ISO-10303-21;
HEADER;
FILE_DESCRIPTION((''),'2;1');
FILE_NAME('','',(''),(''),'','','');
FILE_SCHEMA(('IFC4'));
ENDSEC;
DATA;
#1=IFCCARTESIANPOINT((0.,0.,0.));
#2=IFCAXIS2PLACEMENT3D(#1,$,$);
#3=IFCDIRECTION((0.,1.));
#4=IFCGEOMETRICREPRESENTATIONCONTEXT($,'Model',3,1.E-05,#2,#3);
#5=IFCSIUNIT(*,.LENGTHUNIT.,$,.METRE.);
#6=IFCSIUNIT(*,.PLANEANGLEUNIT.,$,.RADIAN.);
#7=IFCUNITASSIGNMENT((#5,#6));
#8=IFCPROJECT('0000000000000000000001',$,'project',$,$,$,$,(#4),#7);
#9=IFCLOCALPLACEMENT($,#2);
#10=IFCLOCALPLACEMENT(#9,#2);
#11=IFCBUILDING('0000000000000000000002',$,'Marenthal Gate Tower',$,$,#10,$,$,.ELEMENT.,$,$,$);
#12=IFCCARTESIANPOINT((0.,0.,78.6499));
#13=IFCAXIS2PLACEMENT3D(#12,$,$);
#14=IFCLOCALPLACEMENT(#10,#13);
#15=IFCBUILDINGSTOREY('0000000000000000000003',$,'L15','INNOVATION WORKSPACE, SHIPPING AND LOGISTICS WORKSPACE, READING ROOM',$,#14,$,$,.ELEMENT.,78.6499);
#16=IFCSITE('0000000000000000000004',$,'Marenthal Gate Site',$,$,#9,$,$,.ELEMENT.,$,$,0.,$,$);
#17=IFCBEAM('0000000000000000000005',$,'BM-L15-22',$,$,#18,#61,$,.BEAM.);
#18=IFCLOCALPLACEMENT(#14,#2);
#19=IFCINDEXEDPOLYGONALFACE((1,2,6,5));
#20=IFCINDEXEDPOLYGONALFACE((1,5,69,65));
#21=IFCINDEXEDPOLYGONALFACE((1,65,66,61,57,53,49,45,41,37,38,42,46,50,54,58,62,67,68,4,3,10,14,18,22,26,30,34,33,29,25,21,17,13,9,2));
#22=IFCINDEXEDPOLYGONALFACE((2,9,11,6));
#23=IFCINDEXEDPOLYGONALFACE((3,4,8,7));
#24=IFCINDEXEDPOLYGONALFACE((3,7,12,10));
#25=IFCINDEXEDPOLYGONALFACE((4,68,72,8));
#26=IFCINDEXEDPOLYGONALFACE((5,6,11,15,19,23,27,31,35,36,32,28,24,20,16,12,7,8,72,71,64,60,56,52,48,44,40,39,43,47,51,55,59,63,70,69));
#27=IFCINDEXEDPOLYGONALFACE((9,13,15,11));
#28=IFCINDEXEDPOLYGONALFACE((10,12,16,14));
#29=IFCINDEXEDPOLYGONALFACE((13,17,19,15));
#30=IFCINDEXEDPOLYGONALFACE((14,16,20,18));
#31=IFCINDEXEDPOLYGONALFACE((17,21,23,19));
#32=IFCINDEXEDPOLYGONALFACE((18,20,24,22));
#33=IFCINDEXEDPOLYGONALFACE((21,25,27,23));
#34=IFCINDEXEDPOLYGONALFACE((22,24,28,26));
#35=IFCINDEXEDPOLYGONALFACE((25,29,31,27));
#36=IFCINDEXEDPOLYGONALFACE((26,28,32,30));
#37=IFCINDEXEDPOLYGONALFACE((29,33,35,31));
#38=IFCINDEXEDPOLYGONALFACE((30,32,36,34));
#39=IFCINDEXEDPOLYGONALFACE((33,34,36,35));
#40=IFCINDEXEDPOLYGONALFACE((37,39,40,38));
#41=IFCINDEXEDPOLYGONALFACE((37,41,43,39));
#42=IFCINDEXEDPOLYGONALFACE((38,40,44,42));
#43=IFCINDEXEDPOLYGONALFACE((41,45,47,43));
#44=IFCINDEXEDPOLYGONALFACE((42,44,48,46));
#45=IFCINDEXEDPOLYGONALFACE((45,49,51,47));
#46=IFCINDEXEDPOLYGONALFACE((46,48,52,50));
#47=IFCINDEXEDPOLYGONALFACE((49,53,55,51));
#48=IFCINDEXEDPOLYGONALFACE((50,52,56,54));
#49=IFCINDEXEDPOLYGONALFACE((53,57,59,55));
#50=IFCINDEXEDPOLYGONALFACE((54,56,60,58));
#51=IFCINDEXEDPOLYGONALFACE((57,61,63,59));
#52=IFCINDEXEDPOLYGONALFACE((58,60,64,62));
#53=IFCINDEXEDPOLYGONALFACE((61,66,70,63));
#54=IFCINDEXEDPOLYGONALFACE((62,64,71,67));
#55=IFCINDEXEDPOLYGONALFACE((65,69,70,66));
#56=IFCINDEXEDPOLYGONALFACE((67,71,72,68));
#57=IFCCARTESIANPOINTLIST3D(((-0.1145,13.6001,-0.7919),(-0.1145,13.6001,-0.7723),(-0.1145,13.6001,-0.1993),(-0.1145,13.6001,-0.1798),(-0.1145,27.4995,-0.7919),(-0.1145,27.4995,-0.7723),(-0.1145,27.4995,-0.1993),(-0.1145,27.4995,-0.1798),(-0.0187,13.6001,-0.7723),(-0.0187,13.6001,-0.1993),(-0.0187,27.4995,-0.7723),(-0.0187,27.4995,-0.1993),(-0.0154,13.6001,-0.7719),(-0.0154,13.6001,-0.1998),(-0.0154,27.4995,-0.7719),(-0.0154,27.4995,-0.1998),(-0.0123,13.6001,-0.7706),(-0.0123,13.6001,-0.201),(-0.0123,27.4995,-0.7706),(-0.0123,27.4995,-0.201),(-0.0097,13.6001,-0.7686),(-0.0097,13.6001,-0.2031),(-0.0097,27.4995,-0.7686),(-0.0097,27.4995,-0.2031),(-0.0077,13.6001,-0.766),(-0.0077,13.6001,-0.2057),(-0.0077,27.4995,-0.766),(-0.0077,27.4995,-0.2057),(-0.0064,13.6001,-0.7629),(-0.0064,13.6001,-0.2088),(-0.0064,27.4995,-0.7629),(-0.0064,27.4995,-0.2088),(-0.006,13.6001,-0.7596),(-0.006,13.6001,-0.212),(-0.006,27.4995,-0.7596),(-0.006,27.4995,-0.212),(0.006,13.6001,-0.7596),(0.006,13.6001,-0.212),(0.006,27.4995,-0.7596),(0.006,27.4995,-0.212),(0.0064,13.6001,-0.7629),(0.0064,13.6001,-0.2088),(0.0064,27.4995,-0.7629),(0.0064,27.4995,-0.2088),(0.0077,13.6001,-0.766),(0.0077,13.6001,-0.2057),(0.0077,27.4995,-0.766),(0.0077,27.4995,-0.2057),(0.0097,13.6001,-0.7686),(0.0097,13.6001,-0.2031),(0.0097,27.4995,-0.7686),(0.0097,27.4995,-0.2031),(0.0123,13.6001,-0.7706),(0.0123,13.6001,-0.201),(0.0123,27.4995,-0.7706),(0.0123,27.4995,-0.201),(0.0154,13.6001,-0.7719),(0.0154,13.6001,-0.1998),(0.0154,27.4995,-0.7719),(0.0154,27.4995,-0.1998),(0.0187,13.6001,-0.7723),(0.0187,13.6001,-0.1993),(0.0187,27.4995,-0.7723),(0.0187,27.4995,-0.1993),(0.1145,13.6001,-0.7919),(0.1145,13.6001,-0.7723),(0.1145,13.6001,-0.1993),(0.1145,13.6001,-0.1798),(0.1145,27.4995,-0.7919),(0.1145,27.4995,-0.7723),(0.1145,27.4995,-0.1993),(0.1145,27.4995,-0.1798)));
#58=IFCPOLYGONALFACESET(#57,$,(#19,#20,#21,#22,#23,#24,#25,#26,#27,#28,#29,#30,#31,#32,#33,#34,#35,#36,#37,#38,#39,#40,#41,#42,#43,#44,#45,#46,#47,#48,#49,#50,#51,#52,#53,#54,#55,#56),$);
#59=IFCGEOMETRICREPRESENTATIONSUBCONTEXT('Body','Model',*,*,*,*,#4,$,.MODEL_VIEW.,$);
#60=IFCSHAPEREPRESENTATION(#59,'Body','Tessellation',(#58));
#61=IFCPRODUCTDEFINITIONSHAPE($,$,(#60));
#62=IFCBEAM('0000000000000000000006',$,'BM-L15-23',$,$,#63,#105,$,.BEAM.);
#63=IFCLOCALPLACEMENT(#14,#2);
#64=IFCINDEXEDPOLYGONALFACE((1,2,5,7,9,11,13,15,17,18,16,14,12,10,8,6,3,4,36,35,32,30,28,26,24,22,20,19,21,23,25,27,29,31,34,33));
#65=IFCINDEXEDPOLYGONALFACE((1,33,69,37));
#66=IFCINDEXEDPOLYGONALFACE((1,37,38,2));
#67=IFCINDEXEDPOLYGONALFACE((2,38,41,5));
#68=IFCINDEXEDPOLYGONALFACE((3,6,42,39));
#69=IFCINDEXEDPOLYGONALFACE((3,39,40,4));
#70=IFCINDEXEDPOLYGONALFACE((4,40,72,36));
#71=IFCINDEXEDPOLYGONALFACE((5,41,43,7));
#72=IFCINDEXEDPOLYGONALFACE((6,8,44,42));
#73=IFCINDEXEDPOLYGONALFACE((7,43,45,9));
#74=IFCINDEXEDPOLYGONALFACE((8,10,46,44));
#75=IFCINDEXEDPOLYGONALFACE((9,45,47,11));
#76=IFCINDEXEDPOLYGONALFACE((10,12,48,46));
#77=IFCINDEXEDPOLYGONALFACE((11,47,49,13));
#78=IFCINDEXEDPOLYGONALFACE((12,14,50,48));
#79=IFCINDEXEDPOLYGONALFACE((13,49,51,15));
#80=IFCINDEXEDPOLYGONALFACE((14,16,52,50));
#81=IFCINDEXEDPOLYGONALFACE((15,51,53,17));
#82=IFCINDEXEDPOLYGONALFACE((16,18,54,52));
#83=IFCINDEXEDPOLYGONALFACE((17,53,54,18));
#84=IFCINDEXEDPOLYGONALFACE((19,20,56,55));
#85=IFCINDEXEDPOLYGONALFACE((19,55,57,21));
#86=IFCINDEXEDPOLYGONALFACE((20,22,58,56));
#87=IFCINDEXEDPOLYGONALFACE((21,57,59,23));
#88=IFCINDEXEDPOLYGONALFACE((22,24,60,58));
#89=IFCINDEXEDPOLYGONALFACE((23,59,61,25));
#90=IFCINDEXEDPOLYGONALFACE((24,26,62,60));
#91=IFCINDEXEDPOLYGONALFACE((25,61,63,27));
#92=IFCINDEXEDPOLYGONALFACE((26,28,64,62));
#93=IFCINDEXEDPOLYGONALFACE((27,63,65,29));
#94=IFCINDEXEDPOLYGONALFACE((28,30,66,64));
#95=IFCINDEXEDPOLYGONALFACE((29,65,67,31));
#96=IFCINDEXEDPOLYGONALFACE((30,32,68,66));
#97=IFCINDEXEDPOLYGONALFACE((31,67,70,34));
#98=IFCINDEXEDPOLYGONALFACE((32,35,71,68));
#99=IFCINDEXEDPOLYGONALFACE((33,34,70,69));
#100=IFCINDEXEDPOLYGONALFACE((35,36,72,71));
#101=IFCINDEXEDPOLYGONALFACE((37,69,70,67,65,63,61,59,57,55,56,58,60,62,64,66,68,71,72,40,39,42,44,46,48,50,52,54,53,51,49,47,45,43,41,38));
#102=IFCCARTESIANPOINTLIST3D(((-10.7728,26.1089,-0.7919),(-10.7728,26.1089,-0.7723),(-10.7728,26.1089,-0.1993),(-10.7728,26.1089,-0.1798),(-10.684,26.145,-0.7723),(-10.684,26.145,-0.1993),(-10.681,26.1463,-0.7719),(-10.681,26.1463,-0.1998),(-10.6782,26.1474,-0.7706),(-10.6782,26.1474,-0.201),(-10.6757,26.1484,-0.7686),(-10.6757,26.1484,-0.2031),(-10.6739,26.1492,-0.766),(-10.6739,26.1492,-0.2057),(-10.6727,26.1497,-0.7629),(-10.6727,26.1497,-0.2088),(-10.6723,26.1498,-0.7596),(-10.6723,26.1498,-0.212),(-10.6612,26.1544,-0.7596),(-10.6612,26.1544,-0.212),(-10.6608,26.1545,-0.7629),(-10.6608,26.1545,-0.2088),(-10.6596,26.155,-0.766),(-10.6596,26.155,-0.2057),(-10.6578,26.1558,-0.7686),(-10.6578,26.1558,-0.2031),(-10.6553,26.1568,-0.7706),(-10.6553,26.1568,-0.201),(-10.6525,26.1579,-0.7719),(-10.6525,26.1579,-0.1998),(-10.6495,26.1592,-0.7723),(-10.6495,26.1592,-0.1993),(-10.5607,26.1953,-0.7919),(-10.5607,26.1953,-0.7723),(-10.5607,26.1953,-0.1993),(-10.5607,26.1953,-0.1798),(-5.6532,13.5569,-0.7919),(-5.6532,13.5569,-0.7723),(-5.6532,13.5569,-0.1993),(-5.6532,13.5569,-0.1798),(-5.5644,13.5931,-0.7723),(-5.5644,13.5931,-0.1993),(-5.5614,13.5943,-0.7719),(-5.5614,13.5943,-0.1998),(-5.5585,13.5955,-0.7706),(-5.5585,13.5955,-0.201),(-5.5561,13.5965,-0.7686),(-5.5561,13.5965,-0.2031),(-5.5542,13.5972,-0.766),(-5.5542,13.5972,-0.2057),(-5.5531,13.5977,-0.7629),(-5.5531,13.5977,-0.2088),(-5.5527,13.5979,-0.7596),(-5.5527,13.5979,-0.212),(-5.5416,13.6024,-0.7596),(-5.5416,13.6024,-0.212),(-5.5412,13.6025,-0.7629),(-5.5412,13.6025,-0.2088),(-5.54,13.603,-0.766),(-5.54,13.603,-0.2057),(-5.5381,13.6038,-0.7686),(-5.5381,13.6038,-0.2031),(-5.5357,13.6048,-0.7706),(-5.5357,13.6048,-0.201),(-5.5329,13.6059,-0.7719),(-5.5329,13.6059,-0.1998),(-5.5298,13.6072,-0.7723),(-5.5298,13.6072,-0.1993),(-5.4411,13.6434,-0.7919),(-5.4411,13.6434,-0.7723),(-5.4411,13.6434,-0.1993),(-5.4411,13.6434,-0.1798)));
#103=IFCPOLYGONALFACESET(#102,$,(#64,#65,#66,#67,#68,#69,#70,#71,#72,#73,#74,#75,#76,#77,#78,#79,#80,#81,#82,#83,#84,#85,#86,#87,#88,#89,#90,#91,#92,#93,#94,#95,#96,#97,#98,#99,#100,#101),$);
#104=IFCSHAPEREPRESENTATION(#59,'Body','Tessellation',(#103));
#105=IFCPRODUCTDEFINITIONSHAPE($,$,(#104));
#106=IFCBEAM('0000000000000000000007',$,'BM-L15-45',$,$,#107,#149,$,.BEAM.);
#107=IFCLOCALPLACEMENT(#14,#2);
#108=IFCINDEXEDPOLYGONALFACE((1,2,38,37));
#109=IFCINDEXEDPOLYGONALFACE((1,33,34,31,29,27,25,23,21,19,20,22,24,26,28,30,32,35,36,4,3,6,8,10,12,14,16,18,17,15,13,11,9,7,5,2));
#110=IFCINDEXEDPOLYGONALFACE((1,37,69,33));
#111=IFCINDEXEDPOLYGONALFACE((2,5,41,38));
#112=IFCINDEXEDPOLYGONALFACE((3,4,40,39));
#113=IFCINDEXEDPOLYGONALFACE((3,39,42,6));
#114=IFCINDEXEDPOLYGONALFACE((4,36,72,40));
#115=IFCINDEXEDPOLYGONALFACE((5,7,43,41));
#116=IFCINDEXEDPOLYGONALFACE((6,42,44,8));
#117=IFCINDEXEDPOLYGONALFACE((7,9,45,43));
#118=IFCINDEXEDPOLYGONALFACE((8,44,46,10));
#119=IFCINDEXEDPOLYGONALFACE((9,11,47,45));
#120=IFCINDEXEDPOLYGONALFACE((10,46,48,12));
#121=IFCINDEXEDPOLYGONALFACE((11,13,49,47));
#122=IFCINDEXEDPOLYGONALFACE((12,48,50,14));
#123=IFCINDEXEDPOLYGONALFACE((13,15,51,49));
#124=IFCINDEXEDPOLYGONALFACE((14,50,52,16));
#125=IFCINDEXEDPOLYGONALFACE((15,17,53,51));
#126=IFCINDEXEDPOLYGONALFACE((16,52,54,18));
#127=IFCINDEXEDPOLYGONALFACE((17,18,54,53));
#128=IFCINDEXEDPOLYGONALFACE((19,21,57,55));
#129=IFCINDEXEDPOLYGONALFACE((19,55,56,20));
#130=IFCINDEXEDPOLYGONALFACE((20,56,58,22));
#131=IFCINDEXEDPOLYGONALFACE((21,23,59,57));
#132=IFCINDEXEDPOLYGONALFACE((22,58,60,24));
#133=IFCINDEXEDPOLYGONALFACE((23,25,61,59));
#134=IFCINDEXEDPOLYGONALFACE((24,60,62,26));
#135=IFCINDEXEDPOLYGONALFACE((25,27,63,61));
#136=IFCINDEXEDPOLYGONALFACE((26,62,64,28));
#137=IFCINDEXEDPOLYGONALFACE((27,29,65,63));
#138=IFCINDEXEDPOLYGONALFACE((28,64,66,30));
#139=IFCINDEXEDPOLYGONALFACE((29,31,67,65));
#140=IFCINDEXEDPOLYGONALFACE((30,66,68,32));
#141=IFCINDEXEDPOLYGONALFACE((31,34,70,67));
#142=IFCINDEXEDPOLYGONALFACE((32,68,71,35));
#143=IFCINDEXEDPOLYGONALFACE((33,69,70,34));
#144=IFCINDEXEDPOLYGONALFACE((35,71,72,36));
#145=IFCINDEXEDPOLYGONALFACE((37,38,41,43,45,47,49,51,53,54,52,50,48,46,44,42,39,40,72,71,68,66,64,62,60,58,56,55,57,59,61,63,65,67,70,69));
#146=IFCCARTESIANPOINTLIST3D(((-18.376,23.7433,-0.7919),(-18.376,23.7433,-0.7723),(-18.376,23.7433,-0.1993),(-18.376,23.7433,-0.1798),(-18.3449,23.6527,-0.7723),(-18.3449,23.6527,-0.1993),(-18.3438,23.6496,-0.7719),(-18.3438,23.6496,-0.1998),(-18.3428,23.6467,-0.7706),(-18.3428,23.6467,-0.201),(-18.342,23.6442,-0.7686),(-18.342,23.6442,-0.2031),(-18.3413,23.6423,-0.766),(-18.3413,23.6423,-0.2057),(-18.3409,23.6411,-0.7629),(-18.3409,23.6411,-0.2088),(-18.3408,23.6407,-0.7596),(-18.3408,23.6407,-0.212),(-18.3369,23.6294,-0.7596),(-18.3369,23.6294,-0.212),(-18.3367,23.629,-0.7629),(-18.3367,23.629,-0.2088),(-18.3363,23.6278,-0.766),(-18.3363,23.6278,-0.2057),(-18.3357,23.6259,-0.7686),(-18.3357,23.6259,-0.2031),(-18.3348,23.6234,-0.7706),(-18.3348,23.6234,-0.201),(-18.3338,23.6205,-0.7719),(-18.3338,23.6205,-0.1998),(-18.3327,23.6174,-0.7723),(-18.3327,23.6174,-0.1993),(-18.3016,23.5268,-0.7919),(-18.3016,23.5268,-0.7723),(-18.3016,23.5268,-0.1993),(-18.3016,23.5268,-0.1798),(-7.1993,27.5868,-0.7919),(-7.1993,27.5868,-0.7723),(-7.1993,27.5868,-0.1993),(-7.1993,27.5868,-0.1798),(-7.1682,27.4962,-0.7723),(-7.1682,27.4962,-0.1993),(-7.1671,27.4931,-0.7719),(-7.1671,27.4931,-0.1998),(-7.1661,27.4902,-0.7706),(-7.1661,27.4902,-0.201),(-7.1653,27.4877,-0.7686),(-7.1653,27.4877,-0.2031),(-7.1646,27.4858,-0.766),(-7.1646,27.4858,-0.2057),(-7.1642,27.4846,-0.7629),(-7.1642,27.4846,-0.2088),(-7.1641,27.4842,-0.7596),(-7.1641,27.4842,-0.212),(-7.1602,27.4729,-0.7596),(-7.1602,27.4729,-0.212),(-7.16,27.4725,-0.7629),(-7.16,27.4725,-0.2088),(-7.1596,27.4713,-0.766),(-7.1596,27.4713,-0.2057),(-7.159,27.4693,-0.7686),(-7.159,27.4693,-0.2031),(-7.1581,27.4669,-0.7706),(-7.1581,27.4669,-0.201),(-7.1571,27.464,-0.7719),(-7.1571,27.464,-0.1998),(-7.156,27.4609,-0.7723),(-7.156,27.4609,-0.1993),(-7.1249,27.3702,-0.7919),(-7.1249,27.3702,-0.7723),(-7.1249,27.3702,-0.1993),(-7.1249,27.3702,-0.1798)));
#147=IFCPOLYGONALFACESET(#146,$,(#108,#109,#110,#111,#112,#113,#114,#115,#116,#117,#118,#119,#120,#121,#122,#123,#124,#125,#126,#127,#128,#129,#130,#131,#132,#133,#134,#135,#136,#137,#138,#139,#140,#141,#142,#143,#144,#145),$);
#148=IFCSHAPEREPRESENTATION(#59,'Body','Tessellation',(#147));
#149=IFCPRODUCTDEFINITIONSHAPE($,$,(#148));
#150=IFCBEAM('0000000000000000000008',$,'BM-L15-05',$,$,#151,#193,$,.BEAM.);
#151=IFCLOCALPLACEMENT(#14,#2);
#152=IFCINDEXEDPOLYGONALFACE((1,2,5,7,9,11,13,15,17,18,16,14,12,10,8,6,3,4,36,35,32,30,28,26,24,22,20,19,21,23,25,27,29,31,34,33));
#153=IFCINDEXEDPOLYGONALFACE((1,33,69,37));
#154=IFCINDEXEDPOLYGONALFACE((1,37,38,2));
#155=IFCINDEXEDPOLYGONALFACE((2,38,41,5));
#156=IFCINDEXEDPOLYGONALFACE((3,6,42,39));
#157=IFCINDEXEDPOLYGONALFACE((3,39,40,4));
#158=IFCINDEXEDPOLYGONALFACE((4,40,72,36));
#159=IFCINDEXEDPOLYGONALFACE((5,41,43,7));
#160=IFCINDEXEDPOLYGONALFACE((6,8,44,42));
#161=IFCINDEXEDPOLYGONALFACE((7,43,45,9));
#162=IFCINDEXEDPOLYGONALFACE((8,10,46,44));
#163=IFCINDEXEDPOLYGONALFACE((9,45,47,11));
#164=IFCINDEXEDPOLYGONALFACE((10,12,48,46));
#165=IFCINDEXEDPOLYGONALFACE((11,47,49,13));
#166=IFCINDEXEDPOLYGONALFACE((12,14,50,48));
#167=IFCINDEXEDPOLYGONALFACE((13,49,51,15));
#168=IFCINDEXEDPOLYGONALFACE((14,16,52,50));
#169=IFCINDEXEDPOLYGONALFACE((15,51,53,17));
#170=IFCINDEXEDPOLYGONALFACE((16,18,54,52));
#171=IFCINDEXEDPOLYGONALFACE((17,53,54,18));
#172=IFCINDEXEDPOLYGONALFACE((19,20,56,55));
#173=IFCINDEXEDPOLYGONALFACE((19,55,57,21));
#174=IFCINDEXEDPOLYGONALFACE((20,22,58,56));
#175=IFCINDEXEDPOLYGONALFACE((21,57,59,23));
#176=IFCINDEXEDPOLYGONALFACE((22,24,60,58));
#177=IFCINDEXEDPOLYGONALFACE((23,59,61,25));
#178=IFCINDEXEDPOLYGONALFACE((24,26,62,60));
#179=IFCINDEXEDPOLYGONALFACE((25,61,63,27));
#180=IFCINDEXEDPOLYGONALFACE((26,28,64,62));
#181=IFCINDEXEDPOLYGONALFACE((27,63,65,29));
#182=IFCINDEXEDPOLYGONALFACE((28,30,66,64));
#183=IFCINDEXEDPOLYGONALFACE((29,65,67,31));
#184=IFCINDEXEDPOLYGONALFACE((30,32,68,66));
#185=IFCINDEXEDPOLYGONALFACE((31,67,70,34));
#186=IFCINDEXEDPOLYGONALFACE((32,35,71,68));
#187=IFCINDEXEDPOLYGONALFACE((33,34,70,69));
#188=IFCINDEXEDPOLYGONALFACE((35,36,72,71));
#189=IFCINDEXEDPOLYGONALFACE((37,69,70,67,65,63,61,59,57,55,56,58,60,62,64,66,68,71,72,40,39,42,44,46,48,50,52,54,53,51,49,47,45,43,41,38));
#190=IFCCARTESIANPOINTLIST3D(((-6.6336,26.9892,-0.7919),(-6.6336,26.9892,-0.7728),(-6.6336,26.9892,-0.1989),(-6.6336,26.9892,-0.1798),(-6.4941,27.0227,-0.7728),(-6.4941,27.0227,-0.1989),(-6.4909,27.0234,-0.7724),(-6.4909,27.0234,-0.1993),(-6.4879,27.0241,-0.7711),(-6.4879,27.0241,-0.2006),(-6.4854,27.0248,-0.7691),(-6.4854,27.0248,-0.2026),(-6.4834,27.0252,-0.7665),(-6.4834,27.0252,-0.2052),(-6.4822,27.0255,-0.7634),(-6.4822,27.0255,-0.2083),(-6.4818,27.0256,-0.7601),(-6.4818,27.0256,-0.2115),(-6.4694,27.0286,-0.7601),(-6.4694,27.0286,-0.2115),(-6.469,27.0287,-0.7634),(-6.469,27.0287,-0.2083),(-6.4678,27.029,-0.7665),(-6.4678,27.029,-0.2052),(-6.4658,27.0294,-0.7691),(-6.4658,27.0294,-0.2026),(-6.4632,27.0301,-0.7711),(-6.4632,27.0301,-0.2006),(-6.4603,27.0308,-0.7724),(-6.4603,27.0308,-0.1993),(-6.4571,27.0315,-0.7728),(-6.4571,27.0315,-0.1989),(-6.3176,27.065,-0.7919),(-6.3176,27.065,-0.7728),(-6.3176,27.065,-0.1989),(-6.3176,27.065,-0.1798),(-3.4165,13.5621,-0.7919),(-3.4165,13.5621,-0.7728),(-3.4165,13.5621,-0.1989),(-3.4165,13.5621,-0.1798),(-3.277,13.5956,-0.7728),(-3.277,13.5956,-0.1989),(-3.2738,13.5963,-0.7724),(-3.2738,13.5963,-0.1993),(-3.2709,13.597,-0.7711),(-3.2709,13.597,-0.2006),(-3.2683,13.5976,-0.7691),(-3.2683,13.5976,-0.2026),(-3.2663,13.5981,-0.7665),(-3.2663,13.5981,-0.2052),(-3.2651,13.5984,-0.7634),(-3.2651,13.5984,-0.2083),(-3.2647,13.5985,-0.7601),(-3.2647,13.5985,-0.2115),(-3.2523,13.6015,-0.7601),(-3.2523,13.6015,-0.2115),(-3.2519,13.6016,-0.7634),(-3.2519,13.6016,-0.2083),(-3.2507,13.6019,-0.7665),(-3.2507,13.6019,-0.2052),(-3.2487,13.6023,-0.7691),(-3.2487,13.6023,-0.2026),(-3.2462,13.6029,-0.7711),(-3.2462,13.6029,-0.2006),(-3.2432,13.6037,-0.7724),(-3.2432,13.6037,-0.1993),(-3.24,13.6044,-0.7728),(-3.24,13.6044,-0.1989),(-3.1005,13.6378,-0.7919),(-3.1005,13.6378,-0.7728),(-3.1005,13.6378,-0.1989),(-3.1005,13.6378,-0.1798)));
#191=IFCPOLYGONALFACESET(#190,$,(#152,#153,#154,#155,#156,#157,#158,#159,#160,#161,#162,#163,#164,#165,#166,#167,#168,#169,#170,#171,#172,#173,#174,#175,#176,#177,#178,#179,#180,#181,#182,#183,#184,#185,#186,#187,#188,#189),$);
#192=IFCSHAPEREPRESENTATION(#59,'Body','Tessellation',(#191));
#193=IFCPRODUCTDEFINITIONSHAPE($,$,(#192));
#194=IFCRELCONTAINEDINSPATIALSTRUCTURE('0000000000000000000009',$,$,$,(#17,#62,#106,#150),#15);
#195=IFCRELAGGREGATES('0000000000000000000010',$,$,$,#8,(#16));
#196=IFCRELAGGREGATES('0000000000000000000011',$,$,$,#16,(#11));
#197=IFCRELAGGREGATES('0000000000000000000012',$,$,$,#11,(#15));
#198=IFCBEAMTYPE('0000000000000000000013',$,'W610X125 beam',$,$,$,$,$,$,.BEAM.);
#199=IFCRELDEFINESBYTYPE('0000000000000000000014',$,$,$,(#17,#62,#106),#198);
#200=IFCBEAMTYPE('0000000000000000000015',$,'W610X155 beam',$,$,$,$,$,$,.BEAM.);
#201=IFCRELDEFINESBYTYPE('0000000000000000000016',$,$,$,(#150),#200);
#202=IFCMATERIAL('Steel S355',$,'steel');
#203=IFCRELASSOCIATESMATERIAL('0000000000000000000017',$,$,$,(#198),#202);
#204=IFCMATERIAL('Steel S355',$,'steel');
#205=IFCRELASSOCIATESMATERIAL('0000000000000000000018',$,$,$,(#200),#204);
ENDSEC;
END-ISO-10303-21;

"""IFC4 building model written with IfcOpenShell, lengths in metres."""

from ifc_helpers import new_model, si_unit, direction, frame, origin, origin_2d, place, context, subcontext, project, spatial, i_section, extrude, material, material_profile, profile_set, type_object, element, save


model = new_model("IFC4")

# Units and contexts
model_context = context("Model", 3, precision=1e-05, world=origin(), true_north=direction((0.0, 1.0)))
body_context = subcontext(model_context, "Body", "Model", "MODEL_VIEW")
ifc_project = project(units=[si_unit("LENGTHUNIT", "METRE"), si_unit("PLANEANGLEUNIT", "RADIAN")], contexts=[model_context])

# Site, building, storey
site_placement = place(None, origin())
site = spatial("IfcSite", under=ifc_project, at=site_placement, Name="Marenthal Gate Site", CompositionType="ELEMENT", RefElevation=0.0)
building_placement = place(site_placement, origin())
building = spatial("IfcBuilding", under=site, at=building_placement, Name="Marenthal Gate Tower", CompositionType="ELEMENT")
storey_placement = place(building_placement, frame((0.0, 0.0, 78.6499)))
storey = spatial("IfcBuildingStorey", under=building, at=storey_placement, Name="L15", Description="INNOVATION WORKSPACE, SHIPPING AND LOGISTICS WORKSPACE, READING ROOM", CompositionType="ELEMENT", Elevation=78.6499)

# Beams
ifc_material_1 = material(Name="Steel S355", Category="steel")
ifc_material_profile_1 = material_profile(ifc_material_1, i_section(OverallWidth=0.229, OverallDepth=0.6121, WebThickness=0.012, FlangeThickness=0.0195, FilletRadius=0.0127, at=origin_2d()), Name="W610X125")
ifc_profile_set_1 = profile_set([ifc_material_profile_1], Name="Steel S355")
beam_type_1 = type_object("IfcBeamType", Name="W610X125 beam", PredefinedType="BEAM", material=ifc_profile_set_1)
beam_1_placement = place(storey_placement, frame((0.0, 27.4995, -0.4858), z_axis=(0.0, -1.0, 0.0), x_axis=(1.0, 0.0, 0.0)))
element("IfcBeam", 1, at=beam_1_placement, inside=storey, type_object=beam_type_1, Name="BM-L15-22", PredefinedType="BEAM", context=body_context, shape_type="SweptSolid", body=[
    extrude(i_section(OverallWidth=0.229, OverallDepth=0.6121, WebThickness=0.012, FlangeThickness=0.0195, FilletRadius=0.0127, at=origin_2d()), origin(), (0.0, 0.0, 1.0), 13.8994),
])
beam_2_placement = place(storey_placement, frame((-10.6667, 26.1521, -0.4858), z_axis=(0.377667, -0.925941, 0.0), x_axis=(0.925941, 0.377667, 0.0)))
element("IfcBeam", 2, at=beam_2_placement, inside=storey, type_object=beam_type_1, Name="BM-L15-23", PredefinedType="BEAM", context=body_context, shape_type="SweptSolid", body=[
    extrude(i_section(OverallWidth=0.229, OverallDepth=0.6121, WebThickness=0.012, FlangeThickness=0.0195, FilletRadius=0.0127, at=origin_2d()), origin(), (0.0, 0.0, 1.0), 13.5559),
])
beam_3_placement = place(storey_placement, frame((-7.1621, 27.4785, -0.4858), z_axis=(-0.945648, -0.325193, 0.0), x_axis=(0.325193, -0.945648, 0.0)))
element("IfcBeam", 3, at=beam_3_placement, inside=storey, type_object=beam_type_1, Name="BM-L15-45", PredefinedType="BEAM", context=body_context, shape_type="SweptSolid", body=[
    extrude(i_section(OverallWidth=0.229, OverallDepth=0.6121, WebThickness=0.012, FlangeThickness=0.0195, FilletRadius=0.0127, at=origin_2d()), origin(), (0.0, 0.0, 1.0), 11.8191),
])
ifc_material_2 = material(Name="Steel S355", Category="steel")
ifc_material_profile_2 = material_profile(ifc_material_2, i_section(OverallWidth=0.325, OverallDepth=0.6121, WebThickness=0.0127, FlangeThickness=0.019, FilletRadius=0.0127, at=origin_2d()), Name="W610X155")
ifc_profile_set_2 = profile_set([ifc_material_profile_2], Name="Steel S355")
beam_type_2 = type_object("IfcBeamType", Name="W610X155 beam", PredefinedType="BEAM", material=ifc_profile_set_2)
beam_4_placement = place(storey_placement, frame((-6.4756, 27.0271, -0.4858), z_axis=(0.233, -0.972477, 0.0), x_axis=(0.972477, 0.233, 0.0)))
element("IfcBeam", 4, at=beam_4_placement, inside=storey, type_object=beam_type_2, Name="BM-L15-05", PredefinedType="BEAM", context=body_context, shape_type="SweptSolid", body=[
    extrude(i_section(OverallWidth=0.325, OverallDepth=0.6121, WebThickness=0.0127, FlangeThickness=0.019, FilletRadius=0.0127, at=origin_2d()), origin(), (0.0, 0.0, 1.0), 13.8071),
])

save(model, "model.ifc")
